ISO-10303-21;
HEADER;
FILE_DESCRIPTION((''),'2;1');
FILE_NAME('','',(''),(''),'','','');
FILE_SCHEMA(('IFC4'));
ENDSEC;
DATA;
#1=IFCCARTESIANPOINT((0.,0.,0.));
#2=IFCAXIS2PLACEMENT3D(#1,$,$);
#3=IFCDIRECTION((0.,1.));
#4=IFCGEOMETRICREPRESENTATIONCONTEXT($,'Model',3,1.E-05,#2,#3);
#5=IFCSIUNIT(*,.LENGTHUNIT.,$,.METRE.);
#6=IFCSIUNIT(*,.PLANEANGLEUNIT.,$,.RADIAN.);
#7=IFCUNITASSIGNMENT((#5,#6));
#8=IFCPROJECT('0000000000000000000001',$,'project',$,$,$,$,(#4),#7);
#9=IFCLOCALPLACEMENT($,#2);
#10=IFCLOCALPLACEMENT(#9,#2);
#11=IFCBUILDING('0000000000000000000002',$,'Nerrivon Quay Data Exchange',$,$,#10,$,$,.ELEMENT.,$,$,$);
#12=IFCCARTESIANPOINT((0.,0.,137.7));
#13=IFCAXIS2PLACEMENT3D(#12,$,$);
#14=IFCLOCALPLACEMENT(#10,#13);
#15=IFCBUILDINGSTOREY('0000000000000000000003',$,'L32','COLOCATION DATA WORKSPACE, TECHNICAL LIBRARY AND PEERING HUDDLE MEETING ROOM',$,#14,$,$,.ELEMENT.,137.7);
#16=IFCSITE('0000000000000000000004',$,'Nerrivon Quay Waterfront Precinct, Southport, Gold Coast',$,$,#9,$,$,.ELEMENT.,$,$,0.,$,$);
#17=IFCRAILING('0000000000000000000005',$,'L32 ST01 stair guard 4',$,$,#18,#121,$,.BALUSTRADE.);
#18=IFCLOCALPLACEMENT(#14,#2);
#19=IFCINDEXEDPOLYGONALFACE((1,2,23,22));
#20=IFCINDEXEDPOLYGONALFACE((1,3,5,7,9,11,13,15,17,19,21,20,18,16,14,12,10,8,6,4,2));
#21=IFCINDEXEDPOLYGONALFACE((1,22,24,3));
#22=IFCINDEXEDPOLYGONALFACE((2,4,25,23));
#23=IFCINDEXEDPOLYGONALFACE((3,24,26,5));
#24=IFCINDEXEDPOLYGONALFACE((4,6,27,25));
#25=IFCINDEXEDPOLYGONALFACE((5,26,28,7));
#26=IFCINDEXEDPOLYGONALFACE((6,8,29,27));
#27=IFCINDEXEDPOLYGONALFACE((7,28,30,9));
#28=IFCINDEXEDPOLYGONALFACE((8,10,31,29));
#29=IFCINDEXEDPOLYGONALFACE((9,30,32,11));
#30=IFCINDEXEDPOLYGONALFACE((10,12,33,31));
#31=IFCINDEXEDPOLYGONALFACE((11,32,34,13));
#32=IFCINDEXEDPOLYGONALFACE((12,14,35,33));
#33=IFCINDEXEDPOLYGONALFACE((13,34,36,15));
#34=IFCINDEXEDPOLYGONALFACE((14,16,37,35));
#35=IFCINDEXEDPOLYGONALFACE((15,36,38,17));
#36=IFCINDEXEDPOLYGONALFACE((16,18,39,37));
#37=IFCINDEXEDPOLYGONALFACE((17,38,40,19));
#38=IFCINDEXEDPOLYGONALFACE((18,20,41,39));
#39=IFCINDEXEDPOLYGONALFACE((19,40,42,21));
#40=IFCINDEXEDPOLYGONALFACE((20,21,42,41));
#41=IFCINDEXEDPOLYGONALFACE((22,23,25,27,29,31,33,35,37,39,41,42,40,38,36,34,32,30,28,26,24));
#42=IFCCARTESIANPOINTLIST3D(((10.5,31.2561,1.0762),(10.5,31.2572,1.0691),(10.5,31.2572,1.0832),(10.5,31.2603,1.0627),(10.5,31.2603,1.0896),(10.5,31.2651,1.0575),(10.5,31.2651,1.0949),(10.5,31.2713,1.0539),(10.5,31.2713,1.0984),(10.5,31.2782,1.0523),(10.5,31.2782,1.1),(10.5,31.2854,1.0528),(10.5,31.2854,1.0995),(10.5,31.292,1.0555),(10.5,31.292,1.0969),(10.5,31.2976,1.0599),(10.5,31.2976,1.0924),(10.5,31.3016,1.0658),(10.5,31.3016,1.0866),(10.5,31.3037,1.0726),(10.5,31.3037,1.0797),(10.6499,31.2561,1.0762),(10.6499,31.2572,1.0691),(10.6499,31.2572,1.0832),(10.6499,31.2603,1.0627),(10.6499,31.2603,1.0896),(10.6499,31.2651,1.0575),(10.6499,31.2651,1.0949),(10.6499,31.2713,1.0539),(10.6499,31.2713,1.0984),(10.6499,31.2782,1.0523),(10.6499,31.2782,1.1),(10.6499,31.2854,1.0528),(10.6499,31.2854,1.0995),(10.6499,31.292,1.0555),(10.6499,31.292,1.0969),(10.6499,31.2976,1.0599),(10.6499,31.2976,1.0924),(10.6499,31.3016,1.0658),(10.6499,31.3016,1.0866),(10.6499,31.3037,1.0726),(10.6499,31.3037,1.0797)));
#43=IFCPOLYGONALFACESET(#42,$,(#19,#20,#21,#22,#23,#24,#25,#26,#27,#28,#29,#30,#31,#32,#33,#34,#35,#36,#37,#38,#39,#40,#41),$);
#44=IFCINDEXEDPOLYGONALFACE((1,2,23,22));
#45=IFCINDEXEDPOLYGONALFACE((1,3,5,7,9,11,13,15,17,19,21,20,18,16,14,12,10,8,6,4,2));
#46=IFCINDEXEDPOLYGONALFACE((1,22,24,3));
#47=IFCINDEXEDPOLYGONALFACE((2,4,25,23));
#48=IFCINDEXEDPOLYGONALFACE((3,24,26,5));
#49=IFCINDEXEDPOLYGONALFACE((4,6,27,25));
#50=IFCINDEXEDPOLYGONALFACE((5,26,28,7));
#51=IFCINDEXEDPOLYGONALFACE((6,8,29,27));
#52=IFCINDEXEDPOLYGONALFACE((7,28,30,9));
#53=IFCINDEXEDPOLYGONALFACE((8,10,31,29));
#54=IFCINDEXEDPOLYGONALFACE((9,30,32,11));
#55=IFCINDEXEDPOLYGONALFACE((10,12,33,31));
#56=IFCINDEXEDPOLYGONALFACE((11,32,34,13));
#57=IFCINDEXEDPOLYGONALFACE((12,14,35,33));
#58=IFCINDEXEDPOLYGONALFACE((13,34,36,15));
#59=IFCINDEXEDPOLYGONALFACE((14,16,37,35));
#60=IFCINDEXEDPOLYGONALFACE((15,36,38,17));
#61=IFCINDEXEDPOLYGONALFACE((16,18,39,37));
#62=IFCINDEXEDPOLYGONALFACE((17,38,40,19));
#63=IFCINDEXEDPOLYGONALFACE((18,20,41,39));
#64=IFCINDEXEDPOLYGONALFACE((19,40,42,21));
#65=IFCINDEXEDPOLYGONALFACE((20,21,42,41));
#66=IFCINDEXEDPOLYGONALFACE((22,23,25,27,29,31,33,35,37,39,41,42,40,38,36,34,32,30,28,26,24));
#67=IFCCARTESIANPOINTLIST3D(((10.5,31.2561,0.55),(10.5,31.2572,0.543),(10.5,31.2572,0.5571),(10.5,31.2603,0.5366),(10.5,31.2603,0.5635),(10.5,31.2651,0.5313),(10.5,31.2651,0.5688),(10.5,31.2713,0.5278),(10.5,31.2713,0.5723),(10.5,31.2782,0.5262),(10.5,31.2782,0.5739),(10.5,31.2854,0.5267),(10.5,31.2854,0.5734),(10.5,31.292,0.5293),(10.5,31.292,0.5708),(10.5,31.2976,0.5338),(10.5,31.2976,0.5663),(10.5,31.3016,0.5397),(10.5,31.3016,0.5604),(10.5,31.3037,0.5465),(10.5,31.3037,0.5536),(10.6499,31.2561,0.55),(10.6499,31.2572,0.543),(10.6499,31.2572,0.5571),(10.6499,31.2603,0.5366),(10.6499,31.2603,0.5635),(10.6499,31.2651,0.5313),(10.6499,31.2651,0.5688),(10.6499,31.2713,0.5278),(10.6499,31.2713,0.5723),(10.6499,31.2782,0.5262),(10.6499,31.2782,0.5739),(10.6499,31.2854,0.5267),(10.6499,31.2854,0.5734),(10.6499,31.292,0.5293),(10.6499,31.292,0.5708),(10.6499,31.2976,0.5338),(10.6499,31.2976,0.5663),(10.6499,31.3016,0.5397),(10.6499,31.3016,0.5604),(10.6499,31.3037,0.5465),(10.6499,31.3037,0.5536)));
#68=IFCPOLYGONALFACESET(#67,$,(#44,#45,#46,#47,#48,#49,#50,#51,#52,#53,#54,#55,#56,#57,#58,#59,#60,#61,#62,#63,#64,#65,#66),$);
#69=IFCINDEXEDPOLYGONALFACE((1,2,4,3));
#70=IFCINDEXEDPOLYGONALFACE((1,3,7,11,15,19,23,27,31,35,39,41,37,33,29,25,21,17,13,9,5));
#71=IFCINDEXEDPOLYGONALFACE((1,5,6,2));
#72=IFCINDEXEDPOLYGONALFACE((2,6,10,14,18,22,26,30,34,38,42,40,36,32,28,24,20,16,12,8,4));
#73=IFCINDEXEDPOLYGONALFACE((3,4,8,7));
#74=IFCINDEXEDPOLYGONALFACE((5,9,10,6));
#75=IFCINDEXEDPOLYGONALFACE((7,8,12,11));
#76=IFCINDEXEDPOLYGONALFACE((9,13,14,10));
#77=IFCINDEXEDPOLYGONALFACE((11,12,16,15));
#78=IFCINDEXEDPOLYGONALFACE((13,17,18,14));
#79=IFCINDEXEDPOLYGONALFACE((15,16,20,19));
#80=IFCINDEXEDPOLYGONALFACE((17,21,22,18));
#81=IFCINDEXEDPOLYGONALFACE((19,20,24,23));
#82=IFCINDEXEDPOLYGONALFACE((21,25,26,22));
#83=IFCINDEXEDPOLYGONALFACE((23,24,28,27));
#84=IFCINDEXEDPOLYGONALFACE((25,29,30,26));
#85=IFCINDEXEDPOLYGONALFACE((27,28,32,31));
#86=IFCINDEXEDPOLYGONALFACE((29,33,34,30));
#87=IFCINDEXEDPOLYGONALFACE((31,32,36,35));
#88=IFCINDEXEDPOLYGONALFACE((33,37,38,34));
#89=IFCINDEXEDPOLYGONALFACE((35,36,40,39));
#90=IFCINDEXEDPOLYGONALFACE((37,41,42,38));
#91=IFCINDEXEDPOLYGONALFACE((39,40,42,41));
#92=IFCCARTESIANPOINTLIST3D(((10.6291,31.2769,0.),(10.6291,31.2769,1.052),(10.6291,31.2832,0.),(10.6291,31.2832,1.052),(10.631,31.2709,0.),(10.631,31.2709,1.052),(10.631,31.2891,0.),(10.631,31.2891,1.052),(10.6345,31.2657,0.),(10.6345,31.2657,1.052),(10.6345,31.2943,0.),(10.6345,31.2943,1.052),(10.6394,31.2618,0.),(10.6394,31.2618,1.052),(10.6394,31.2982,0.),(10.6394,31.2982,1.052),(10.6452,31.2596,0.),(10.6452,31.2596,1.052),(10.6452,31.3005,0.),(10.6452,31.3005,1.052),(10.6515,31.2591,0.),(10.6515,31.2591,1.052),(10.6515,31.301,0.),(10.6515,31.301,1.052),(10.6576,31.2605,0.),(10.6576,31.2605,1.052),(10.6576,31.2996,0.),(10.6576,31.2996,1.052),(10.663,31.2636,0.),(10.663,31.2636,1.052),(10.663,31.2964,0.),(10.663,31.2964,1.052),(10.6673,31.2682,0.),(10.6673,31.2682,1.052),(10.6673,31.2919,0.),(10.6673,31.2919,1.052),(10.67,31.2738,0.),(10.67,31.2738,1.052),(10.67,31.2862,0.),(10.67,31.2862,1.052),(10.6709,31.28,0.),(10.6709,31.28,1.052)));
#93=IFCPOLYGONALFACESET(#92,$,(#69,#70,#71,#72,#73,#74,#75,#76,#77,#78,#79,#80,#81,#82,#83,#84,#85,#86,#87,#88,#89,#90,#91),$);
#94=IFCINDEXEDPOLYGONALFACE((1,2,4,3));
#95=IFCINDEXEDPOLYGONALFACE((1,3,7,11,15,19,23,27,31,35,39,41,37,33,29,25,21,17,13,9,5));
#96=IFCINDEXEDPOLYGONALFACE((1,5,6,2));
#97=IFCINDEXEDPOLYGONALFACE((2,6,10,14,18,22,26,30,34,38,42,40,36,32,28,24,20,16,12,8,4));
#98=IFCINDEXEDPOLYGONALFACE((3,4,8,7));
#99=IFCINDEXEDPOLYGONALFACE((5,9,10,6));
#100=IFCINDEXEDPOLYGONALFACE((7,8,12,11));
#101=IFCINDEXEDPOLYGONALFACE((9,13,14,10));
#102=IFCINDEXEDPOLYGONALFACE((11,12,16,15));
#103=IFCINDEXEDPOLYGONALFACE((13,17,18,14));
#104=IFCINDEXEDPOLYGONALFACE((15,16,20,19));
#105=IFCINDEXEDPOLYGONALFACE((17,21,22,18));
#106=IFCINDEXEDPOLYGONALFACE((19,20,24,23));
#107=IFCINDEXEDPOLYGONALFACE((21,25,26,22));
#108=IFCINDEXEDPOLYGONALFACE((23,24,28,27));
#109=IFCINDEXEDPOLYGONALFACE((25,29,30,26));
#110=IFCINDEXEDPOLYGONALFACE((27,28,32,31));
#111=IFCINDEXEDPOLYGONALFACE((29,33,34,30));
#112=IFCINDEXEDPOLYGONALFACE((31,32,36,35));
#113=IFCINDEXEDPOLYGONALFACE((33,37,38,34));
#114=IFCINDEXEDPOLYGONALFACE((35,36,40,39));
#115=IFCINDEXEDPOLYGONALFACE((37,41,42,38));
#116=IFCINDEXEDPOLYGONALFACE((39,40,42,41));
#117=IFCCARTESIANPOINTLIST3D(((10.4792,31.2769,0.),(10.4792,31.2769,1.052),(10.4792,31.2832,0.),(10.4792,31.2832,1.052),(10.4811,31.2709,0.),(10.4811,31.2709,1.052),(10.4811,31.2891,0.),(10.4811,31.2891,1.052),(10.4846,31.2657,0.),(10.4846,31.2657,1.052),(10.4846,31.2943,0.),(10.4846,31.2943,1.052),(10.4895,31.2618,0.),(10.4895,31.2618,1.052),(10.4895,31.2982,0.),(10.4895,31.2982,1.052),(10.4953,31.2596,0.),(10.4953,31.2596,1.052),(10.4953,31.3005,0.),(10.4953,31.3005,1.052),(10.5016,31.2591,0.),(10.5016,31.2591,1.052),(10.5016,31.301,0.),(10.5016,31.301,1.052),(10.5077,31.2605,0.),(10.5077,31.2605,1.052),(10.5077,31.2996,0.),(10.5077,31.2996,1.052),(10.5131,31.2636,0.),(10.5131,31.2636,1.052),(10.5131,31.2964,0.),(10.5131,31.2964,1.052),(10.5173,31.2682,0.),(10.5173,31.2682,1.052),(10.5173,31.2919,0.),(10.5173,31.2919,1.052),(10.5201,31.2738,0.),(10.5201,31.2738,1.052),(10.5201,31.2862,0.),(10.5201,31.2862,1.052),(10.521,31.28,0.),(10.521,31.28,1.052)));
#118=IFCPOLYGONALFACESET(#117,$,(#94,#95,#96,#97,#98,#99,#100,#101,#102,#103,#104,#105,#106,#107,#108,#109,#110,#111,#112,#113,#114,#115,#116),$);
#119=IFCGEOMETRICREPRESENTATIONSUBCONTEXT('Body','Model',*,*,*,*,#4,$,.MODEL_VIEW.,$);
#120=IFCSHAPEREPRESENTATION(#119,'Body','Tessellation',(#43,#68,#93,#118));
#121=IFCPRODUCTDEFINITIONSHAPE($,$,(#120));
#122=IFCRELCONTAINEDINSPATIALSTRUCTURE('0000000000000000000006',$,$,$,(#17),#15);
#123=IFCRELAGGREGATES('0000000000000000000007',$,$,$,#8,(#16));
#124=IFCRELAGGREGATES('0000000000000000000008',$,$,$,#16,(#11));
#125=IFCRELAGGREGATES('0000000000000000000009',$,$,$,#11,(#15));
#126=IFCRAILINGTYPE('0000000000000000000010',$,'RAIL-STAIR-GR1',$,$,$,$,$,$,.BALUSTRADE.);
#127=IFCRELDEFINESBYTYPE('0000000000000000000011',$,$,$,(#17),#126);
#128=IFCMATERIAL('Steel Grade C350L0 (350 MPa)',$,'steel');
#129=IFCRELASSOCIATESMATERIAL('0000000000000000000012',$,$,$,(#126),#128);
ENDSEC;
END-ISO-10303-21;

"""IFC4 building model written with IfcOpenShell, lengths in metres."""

from ifc_helpers import new_model, si_unit, direction, frame, origin, origin_2d, place, context, subcontext, project, spatial, circle, extrude, material, type_object, element, save


model = new_model("IFC4")

# Units and contexts
model_context = context("Model", 3, precision=1e-05, world=origin(), true_north=direction((0.0, 1.0)))
body_context = subcontext(model_context, "Body", "Model", "MODEL_VIEW")
ifc_project = project(units=[si_unit("LENGTHUNIT", "METRE"), si_unit("PLANEANGLEUNIT", "RADIAN")], contexts=[model_context])

# Site, building, storey
site_placement = place(None, origin())
site = spatial("IfcSite", under=ifc_project, at=site_placement, Name="Nerrivon Quay Waterfront Precinct, Southport, Gold Coast", CompositionType="ELEMENT", RefElevation=0.0)
building_placement = place(site_placement, origin())
building = spatial("IfcBuilding", under=site, at=building_placement, Name="Nerrivon Quay Data Exchange", CompositionType="ELEMENT")
storey_placement = place(building_placement, frame((0.0, 0.0, 137.7)))
storey = spatial("IfcBuildingStorey", under=building, at=storey_placement, Name="L32", Description="COLOCATION DATA WORKSPACE, TECHNICAL LIBRARY AND PEERING HUDDLE MEETING ROOM", CompositionType="ELEMENT", Elevation=137.7)

# Railing
ifc_material_1 = material(Name="Steel Grade C350L0 (350 MPa)", Category="steel")
railing_type_1 = type_object("IfcRailingType", Name="RAIL-STAIR-GR1", PredefinedType="BALUSTRADE", material=ifc_material_1)
railing_1_placement = place(storey_placement, frame((10.6499, 31.28, 0.0)))
element("IfcRailing", 1, at=railing_1_placement, inside=storey, type_object=railing_type_1, Name="L32 ST01 stair guard 4", PredefinedType="BALUSTRADE", context=body_context, shape_type="SweptSolid", body=[
    extrude(circle(Radius=0.0239, at=origin_2d()), frame((0.0, 0.0, 1.0762), z_axis=(-1.0, 0.0, 0.0), x_axis=(0.0, -1.0, 0.0)), (0.0, 0.0, 1.0), 0.1499),
    extrude(circle(Radius=0.0239, at=origin_2d()), frame((0.0, 0.0, 0.55), z_axis=(-1.0, 0.0, 0.0), x_axis=(0.0, -1.0, 0.0)), (0.0, 0.0, 1.0), 0.1499),
    extrude(circle(Radius=0.021, at=origin_2d()), origin(), (0.0, 0.0, 1.0), 1.052),
    extrude(circle(Radius=0.021, at=origin_2d()), frame((-0.1499, 0.0, 0.0)), (0.0, 0.0, 1.0), 1.052),
])

save(model, "model.ifc")
